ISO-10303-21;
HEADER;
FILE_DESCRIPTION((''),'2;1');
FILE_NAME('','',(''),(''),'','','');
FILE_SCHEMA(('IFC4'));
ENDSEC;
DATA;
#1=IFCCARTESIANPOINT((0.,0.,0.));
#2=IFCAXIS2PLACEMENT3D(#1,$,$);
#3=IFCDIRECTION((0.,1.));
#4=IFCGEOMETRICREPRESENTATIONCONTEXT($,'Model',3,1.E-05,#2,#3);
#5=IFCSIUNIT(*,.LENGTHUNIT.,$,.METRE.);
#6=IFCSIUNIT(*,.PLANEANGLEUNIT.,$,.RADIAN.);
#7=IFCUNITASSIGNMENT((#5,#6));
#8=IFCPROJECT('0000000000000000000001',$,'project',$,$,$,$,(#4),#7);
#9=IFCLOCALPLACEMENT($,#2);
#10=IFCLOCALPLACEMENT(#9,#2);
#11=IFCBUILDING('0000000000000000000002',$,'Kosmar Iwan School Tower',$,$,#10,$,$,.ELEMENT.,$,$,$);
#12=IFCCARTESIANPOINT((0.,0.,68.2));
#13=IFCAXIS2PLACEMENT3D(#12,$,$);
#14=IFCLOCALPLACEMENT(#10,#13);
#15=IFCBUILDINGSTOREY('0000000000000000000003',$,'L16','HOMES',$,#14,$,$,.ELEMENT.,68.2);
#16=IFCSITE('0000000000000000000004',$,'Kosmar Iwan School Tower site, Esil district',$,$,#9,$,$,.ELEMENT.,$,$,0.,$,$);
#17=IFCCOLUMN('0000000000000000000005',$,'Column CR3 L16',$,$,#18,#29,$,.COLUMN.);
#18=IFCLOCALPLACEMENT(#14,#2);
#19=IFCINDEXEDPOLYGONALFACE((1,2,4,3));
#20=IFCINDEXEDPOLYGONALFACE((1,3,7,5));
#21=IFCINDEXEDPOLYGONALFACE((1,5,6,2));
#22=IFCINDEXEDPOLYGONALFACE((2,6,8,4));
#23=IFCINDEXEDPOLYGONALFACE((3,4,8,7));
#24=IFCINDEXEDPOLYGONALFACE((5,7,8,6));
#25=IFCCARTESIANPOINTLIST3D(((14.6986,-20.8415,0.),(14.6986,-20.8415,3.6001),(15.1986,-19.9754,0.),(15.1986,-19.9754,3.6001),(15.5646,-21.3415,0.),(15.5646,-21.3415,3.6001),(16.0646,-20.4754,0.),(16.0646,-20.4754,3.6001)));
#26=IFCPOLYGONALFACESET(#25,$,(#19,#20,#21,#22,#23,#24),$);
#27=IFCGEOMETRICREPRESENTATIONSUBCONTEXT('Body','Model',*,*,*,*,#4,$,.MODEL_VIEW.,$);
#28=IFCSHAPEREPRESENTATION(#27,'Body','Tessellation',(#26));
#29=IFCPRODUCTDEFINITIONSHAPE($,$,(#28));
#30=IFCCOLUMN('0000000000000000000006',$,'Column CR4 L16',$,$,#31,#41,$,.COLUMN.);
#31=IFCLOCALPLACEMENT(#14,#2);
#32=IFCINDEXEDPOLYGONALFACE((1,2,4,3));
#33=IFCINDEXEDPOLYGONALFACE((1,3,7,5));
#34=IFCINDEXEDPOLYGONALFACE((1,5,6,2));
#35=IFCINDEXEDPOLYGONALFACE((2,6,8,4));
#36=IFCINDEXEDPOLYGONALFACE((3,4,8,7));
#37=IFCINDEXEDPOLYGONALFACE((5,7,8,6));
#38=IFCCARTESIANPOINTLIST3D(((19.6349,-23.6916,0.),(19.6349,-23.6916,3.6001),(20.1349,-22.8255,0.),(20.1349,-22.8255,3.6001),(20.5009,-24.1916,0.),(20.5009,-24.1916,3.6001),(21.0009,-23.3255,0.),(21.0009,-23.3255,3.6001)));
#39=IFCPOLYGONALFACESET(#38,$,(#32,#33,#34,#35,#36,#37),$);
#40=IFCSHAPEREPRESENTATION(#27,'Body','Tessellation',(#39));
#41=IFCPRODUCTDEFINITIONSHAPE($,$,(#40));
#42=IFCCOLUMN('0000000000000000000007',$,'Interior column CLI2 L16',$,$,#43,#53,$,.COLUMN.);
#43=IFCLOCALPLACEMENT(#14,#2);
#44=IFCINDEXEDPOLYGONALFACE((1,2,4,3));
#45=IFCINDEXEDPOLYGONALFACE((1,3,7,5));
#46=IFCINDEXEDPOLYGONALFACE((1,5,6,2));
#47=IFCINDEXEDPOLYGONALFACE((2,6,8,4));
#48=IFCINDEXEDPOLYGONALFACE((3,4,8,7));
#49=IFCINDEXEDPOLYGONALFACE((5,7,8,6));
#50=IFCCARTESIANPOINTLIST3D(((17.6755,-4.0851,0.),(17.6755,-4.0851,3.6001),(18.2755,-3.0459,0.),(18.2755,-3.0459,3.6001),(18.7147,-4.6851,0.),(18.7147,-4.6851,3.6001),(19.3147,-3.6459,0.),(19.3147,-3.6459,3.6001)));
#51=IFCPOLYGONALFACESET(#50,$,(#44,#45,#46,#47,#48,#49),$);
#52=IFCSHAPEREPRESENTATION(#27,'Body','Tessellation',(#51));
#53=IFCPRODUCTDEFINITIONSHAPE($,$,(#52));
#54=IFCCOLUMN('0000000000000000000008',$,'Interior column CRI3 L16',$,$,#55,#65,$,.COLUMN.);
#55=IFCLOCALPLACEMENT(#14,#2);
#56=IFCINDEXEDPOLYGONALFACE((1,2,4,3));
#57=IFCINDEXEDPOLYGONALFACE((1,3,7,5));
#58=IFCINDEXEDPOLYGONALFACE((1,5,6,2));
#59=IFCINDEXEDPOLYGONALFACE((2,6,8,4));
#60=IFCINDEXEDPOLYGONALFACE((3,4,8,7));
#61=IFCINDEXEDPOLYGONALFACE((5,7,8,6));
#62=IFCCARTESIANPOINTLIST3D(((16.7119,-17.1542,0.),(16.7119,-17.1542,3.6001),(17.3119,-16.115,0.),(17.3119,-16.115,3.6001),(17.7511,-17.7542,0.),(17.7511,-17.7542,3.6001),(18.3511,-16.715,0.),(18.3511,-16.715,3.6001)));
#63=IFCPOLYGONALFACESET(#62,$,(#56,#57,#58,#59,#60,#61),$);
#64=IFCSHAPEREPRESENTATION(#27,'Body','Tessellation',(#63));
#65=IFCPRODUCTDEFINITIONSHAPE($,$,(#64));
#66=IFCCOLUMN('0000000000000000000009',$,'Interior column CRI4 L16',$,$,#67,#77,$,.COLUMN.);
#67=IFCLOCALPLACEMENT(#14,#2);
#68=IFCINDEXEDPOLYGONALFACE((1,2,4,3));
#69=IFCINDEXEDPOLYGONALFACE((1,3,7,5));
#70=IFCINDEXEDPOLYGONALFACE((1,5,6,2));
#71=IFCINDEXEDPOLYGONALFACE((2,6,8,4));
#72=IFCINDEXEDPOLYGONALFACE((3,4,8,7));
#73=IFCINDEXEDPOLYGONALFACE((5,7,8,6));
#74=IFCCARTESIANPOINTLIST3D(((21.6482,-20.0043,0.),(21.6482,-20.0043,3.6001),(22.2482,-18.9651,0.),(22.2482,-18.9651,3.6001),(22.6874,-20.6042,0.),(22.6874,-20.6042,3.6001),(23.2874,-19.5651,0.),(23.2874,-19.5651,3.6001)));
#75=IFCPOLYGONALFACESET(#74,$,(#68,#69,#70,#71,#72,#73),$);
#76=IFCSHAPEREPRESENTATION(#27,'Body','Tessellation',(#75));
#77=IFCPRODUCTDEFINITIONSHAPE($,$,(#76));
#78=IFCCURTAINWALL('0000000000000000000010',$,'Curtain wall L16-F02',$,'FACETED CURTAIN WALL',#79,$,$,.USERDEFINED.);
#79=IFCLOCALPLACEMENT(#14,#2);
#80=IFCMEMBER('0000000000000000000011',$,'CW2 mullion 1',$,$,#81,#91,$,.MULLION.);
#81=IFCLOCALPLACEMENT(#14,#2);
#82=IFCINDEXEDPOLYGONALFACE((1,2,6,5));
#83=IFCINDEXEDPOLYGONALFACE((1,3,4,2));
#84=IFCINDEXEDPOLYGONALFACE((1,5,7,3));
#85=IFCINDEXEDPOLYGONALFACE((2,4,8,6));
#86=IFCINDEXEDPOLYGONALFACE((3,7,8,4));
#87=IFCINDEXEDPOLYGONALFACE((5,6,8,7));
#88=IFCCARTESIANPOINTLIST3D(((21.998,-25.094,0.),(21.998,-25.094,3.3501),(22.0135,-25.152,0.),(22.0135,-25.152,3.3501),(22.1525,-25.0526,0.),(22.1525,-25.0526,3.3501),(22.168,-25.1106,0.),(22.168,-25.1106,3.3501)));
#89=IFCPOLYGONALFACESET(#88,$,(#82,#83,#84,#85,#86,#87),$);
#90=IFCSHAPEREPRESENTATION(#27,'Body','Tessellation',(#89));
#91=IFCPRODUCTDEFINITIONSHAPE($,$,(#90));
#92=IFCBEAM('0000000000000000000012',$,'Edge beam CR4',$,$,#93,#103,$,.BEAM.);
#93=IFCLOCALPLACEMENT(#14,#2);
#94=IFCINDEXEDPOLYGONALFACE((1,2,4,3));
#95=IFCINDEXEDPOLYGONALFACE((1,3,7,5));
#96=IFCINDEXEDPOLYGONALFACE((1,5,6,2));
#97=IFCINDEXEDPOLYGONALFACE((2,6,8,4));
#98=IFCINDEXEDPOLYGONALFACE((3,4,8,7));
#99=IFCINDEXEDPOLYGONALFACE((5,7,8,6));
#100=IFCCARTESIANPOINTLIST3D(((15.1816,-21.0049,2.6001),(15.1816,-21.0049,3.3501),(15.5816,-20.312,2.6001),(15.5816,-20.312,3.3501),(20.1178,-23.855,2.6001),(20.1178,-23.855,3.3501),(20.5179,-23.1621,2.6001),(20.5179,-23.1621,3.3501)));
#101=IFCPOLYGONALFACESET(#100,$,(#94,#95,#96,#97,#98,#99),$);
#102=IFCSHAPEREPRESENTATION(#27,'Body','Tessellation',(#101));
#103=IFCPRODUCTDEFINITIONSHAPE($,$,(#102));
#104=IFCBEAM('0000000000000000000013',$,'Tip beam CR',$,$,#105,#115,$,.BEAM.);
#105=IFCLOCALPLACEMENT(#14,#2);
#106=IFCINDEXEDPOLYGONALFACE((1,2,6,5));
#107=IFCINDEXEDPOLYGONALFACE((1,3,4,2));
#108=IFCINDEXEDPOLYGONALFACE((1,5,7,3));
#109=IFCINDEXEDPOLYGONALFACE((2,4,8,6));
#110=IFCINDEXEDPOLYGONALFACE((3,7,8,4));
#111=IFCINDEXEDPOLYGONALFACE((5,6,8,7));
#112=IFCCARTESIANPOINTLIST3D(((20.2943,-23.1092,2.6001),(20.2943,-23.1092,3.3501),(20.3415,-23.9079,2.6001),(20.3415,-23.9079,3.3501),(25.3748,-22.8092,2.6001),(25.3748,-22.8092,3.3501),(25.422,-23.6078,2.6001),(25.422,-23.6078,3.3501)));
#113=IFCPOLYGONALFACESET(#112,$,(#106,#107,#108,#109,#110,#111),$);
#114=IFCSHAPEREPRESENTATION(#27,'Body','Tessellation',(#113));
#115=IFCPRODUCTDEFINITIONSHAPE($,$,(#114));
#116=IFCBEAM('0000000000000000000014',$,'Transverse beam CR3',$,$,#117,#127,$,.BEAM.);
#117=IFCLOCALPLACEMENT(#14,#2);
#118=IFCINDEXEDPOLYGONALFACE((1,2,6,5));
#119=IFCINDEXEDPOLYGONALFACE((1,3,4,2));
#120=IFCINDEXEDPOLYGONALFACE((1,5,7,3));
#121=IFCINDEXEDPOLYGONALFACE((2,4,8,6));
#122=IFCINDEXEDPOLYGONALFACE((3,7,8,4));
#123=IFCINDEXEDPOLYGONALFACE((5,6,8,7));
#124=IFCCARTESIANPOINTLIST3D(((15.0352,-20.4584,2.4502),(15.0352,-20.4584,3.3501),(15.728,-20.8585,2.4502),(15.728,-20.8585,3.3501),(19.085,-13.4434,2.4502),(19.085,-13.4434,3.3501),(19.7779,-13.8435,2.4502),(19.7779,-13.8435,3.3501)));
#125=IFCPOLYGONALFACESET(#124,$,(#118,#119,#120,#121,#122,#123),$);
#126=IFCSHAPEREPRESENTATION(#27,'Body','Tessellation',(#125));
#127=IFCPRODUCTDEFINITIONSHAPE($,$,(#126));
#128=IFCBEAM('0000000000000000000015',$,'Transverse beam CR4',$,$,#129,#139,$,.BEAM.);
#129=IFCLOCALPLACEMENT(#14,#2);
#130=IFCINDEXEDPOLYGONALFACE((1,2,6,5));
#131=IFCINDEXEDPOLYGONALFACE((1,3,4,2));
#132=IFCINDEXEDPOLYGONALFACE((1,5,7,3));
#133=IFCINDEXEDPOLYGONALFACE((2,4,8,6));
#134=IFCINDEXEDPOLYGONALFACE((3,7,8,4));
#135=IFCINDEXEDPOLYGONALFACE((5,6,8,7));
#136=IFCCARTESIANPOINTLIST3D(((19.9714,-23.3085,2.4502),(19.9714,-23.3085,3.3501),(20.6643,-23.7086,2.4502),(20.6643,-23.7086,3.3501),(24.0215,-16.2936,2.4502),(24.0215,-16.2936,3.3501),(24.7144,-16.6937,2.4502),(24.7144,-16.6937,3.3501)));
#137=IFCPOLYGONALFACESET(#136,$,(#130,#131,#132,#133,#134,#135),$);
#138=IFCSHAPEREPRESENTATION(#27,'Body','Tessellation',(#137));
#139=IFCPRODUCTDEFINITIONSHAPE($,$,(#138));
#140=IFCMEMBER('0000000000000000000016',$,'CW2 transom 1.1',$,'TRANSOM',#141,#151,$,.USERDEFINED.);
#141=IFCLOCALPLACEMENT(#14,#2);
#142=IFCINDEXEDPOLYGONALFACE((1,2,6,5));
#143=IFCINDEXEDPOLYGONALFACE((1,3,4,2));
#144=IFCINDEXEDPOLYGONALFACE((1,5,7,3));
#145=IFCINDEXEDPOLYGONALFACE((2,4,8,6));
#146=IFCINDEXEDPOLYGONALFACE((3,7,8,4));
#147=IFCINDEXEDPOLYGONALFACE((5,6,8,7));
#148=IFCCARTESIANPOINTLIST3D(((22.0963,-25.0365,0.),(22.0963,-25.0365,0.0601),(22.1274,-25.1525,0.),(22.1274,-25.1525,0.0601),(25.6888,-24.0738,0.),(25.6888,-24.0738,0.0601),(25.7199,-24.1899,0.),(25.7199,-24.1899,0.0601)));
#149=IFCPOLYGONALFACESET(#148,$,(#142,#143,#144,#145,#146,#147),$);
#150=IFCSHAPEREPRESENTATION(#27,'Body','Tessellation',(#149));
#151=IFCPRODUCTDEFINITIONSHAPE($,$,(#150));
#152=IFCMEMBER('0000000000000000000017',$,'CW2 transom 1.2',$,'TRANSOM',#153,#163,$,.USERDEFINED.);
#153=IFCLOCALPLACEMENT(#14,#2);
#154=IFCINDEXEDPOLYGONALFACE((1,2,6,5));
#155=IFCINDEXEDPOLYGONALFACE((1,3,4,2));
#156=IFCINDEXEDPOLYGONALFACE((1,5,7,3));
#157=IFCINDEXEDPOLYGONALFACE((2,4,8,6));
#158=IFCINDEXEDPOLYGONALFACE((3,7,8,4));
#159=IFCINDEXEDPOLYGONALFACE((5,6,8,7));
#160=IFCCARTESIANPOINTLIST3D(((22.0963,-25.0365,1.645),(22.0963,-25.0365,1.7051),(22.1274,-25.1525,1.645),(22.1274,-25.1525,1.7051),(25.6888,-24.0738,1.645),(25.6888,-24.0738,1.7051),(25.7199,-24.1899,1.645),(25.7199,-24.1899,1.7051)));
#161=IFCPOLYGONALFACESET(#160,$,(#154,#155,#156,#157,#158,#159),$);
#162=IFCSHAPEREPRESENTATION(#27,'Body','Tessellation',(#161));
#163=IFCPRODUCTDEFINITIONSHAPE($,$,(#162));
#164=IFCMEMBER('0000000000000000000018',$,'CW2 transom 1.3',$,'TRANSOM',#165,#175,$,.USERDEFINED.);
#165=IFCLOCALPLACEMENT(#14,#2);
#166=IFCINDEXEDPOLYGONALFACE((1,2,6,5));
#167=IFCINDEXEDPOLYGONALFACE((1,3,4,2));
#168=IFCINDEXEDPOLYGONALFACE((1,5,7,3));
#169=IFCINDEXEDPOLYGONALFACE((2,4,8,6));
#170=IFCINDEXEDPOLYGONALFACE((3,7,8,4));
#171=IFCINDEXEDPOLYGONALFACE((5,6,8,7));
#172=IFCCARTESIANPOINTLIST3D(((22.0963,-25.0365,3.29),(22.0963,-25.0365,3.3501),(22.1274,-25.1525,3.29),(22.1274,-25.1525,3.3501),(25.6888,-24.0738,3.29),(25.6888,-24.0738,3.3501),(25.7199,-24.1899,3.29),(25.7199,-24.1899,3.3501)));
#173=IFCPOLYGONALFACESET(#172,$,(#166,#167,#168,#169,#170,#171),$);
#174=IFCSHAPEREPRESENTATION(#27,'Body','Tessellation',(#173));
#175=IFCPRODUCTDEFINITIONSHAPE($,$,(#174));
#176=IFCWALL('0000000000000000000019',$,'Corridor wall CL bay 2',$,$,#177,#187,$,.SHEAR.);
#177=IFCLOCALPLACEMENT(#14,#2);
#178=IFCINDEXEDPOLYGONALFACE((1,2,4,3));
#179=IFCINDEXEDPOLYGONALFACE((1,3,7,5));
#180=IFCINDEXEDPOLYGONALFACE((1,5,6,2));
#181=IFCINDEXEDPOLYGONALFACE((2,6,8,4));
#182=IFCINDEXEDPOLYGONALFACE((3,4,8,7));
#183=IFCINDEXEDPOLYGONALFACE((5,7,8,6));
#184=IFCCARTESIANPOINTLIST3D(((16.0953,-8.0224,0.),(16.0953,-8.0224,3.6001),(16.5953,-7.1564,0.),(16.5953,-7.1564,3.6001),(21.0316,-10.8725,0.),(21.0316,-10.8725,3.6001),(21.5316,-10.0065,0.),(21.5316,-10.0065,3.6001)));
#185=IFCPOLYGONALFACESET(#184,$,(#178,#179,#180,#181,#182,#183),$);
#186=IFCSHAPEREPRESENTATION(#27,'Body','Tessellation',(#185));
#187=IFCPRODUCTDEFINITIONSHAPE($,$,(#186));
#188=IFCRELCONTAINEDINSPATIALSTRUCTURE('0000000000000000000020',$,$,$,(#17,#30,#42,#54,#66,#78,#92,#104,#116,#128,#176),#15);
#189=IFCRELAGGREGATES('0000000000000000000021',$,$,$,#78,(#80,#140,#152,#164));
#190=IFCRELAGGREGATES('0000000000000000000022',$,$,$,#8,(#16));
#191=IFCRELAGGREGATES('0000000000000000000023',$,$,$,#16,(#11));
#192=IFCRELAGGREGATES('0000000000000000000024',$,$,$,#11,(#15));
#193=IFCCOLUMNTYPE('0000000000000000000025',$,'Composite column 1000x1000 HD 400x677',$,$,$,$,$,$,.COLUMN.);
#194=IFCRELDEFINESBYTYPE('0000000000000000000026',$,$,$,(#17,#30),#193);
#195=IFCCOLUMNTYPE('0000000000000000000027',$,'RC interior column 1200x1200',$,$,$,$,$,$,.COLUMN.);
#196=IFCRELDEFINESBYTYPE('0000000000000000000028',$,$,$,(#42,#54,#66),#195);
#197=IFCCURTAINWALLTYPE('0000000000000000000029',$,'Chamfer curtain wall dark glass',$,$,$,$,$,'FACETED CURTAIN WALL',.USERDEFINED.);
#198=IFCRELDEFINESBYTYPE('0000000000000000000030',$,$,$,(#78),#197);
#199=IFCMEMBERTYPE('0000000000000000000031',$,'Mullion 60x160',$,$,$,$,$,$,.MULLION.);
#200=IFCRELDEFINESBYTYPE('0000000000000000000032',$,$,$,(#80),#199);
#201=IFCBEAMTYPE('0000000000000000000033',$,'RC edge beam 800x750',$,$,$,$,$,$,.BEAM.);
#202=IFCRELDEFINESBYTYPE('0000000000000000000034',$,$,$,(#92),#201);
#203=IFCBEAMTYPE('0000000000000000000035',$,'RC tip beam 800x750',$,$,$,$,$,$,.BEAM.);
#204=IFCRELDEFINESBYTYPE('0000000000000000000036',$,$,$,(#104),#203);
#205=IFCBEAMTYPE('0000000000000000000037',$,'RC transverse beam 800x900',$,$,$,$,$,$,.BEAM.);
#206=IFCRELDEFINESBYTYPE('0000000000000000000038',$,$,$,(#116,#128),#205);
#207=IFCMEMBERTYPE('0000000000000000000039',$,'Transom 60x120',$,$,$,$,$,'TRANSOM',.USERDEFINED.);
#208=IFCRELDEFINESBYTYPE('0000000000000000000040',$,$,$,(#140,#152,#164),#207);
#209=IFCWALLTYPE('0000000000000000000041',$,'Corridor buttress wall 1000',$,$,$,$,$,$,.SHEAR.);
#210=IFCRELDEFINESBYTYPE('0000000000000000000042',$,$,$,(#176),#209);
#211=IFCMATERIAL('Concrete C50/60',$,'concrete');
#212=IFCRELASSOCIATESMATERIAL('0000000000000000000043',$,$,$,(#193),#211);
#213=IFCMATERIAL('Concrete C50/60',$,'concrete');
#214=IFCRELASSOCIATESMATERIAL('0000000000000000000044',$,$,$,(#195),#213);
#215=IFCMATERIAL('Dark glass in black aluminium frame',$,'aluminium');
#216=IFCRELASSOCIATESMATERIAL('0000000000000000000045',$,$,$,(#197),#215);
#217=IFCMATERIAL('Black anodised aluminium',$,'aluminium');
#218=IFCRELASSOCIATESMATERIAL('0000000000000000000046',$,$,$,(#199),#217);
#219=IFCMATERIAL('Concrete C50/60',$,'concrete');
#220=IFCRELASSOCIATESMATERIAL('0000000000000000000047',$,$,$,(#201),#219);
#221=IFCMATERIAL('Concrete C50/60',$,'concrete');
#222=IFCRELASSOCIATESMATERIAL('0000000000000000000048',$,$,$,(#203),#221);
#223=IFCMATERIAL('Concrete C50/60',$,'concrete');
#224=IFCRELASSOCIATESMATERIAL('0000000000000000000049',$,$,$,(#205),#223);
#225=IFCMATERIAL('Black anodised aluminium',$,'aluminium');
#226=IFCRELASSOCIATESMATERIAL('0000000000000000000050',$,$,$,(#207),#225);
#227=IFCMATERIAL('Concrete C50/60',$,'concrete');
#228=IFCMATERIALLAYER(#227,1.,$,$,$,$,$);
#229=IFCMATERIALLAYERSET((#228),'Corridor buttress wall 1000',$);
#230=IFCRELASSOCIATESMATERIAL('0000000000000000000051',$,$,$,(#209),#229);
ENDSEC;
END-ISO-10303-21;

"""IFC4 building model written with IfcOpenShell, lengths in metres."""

from ifc_helpers import new_model, si_unit, direction, frame, frame_2d, origin, origin_2d, place, context, subcontext, project, spatial, rectangle, extrude, material, layer, layer_set, material_profile, profile_set, type_object, element, aggregate, save


model = new_model("IFC4")

# Units and contexts
model_context = context("Model", 3, precision=1e-05, world=origin(), true_north=direction((0.0, 1.0)))
body_context = subcontext(model_context, "Body", "Model", "MODEL_VIEW")
ifc_project = project(units=[si_unit("LENGTHUNIT", "METRE"), si_unit("PLANEANGLEUNIT", "RADIAN")], contexts=[model_context])

# Site, building, storey
site_placement = place(None, origin())
site = spatial("IfcSite", under=ifc_project, at=site_placement, Name="Kosmar Iwan School Tower site, Esil district", CompositionType="ELEMENT", RefElevation=0.0)
building_placement = place(site_placement, origin())
building = spatial("IfcBuilding", under=site, at=building_placement, Name="Kosmar Iwan School Tower", CompositionType="ELEMENT")
storey_placement = place(building_placement, frame((0.0, 0.0, 68.2)))
storey = spatial("IfcBuildingStorey", under=building, at=storey_placement, Name="L16", Description="HOMES", CompositionType="ELEMENT", Elevation=68.2)

# Columns
ifc_material_1 = material(Name="Concrete C50/60", Category="concrete")
ifc_material_profile_1 = material_profile(ifc_material_1, rectangle(XDim=1.0, YDim=1.0, at=origin_2d()), Name="RC 1000x1000 + HD 400x677")
ifc_profile_set_1 = profile_set([ifc_material_profile_1], Name="Concrete C50/60")
column_type_1 = type_object("IfcColumnType", Name="Composite column 1000x1000 HD 400x677", PredefinedType="COLUMN", material=ifc_profile_set_1)
for number, where, z_axis, x_axis, name in (
    (1, (15.3816, -20.6584, 0.0), (0.0, 0.0, 1.0), (0.866025, -0.5, 0.0), "Column CR3 L16"),
    (2, (20.3179, -23.5085, 0.0), (0.0, 0.0, 1.0), (0.866025, -0.5, 0.0), "Column CR4 L16"),
):
    element("IfcColumn", number, at=place(storey_placement, frame(where, z_axis=z_axis, x_axis=x_axis)), inside=storey, type_object=column_type_1, Name=name, PredefinedType="COLUMN", context=body_context, shape_type="SweptSolid", body=[
        extrude(rectangle(XDim=1.0, YDim=1.0, at=origin_2d()), origin(), (0.0, 0.0, 1.0), 3.6001),
    ])
ifc_material_2 = material(Name="Concrete C50/60", Category="concrete")
ifc_material_profile_2 = material_profile(ifc_material_2, rectangle(XDim=1.2, YDim=1.2, at=origin_2d()), Name="RC 1200x1200")
ifc_profile_set_2 = profile_set([ifc_material_profile_2], Name="Concrete C50/60")
column_type_2 = type_object("IfcColumnType", Name="RC interior column 1200x1200", PredefinedType="COLUMN", material=ifc_profile_set_2)
for number, where, z_axis, x_axis, name in (
    (3, (18.4951, -3.8655, 0.0), (0.0, 0.0, 1.0), (0.866025, -0.5, 0.0), "Interior column CLI2 L16"),
    (4, (17.5315, -16.9346, 0.0), (0.0, 0.0, 1.0), (0.866025, -0.5, 0.0), "Interior column CRI3 L16"),
    (5, (22.4678, -19.7847, 0.0), (0.0, 0.0, 1.0), (0.866025, -0.5, 0.0), "Interior column CRI4 L16"),
):
    element("IfcColumn", number, at=place(storey_placement, frame(where, z_axis=z_axis, x_axis=x_axis)), inside=storey, type_object=column_type_2, Name=name, PredefinedType="COLUMN", context=body_context, shape_type="SweptSolid", body=[
        extrude(rectangle(XDim=1.2, YDim=1.2, at=origin_2d()), origin(), (0.0, 0.0, 1.0), 3.6001),
    ])

# Curtain wall, member
ifc_material_3 = material(Name="Dark glass in black aluminium frame", Category="aluminium")
curtain_wall_type = type_object("IfcCurtainWallType", Name="Chamfer curtain wall dark glass", ElementType="FACETED CURTAIN WALL", PredefinedType="USERDEFINED", material=ifc_material_3)
curtain_wall_placement = place(storey_placement, origin())
curtain_wall = element("IfcCurtainWall", 6, at=curtain_wall_placement, inside=storey, type_object=curtain_wall_type, Name="Curtain wall L16-F02", ObjectType="FACETED CURTAIN WALL", PredefinedType="USERDEFINED")
ifc_material_4 = material(Name="Black anodised aluminium", Category="aluminium")
ifc_material_profile_3 = material_profile(ifc_material_4, rectangle(XDim=0.0601, YDim=0.1599, at=origin_2d()), Name="MULLION 60x160")
ifc_profile_set_3 = profile_set([ifc_material_profile_3], Name="Black anodised aluminium")
member_type_1 = type_object("IfcMemberType", Name="Mullion 60x160", PredefinedType="MULLION", material=ifc_profile_set_3)
member_1_placement = place(storey_placement, frame((22.083, -25.1023, 0.0), z_axis=(0.0, 0.0, 1.0), x_axis=(-0.258819, 0.965926, 0.0)))
member_1 = element("IfcMember", 7, at=member_1_placement, type_object=member_type_1, Name="CW2 mullion 1", PredefinedType="MULLION", context=body_context, shape_type="SweptSolid", body=[
    extrude(rectangle(XDim=0.0601, YDim=0.1599, at=origin_2d()), origin(), (0.0, 0.0, 1.0), 3.3501),
])

# Beams
ifc_material_5 = material(Name="Concrete C50/60", Category="concrete")
ifc_material_profile_4 = material_profile(ifc_material_5, rectangle(XDim=0.8, YDim=0.75, at=origin_2d()), Name="RC 800x750")
ifc_profile_set_4 = profile_set([ifc_material_profile_4], Name="Concrete C50/60")
beam_type_1 = type_object("IfcBeamType", Name="RC edge beam 800x750", PredefinedType="BEAM", material=ifc_profile_set_4)
beam_1_placement = place(storey_placement, frame((15.3816, -20.6584, 2.9751), z_axis=(0.866015, -0.500018, 0.0), x_axis=(0.500018, 0.866015, 0.0)))
element("IfcBeam", 8, at=beam_1_placement, inside=storey, type_object=beam_type_1, Name="Edge beam CR4", PredefinedType="BEAM", context=body_context, shape_type="SweptSolid", body=[
    extrude(rectangle(XDim=0.8, YDim=0.75, at=origin_2d()), origin(), (0.0, 0.0, 1.0), 5.7),
])
ifc_material_6 = material(Name="Concrete C50/60", Category="concrete")
ifc_material_profile_5 = material_profile(ifc_material_6, rectangle(XDim=0.8, YDim=0.75, at=origin_2d()), Name="RC 800x750")
ifc_profile_set_5 = profile_set([ifc_material_profile_5], Name="Concrete C50/60")
beam_type_2 = type_object("IfcBeamType", Name="RC tip beam 800x750", PredefinedType="BEAM", material=ifc_profile_set_5)
beam_2_placement = place(storey_placement, frame((20.3179, -23.5085, 2.9751), z_axis=(0.998261, 0.058955, 0.0), x_axis=(-0.058955, 0.998261, 0.0)))
element("IfcBeam", 9, at=beam_2_placement, inside=storey, type_object=beam_type_2, Name="Tip beam CR", PredefinedType="BEAM", context=body_context, shape_type="SweptSolid", body=[
    extrude(rectangle(XDim=0.8, YDim=0.75, at=origin_2d()), origin(), (0.0, 0.0, 1.0), 5.0894),
])
ifc_material_7 = material(Name="Concrete C50/60", Category="concrete")
ifc_material_profile_6 = material_profile(ifc_material_7, rectangle(XDim=0.8, YDim=0.8999, at=origin_2d()), Name="RC 800x900")
ifc_profile_set_6 = profile_set([ifc_material_profile_6], Name="Concrete C50/60")
beam_type_3 = type_object("IfcBeamType", Name="RC transverse beam 800x900", PredefinedType="BEAM", material=ifc_profile_set_6)
for number, where, z_axis, x_axis, name in (
    (10, (15.3816, -20.6584, 2.9001), (0.499977, 0.866039, 0.0), (-0.866039, 0.499977, 0.0), "Transverse beam CR3"),
    (11, (20.3179, -23.5085, 2.9001), (0.5, 0.866025, 0.0), (-0.866025, 0.5, 0.0), "Transverse beam CR4"),
):
    element("IfcBeam", number, at=place(storey_placement, frame(where, z_axis=z_axis, x_axis=x_axis)), inside=storey, type_object=beam_type_3, Name=name, PredefinedType="BEAM", context=body_context, shape_type="SweptSolid", body=[
        extrude(rectangle(XDim=0.8, YDim=0.8999, at=origin_2d()), origin(), (0.0, 0.0, 1.0), 8.1001),
    ])

# Members
ifc_material_8 = material(Name="Black anodised aluminium", Category="aluminium")
ifc_material_profile_7 = material_profile(ifc_material_8, rectangle(XDim=0.1201, YDim=0.0601, at=origin_2d()), Name="TRANSOM 60x120")
ifc_profile_set_7 = profile_set([ifc_material_profile_7], Name="Black anodised aluminium")
member_type_2 = type_object("IfcMemberType", Name="Transom 60x120", ElementType="TRANSOM", PredefinedType="USERDEFINED", material=ifc_profile_set_7)
member_2_placement = place(storey_placement, frame((22.1118, -25.0945, 0.03), z_axis=(0.965924, 0.258827, 0.0), x_axis=(-0.258827, 0.965924, 0.0)))
member_2 = element("IfcMember", 12, at=member_2_placement, type_object=member_type_2, Name="CW2 transom 1.1", ObjectType="TRANSOM", PredefinedType="USERDEFINED", context=body_context, shape_type="SweptSolid", body=[
    extrude(rectangle(XDim=0.1201, YDim=0.0601, at=origin_2d()), origin(), (0.0, 0.0, 1.0), 3.7192),
])
member_3_placement = place(storey_placement, frame((22.1118, -25.0945, 1.675), z_axis=(0.965924, 0.258827, 0.0), x_axis=(-0.258827, 0.965924, 0.0)))
member_3 = element("IfcMember", 13, at=member_3_placement, type_object=member_type_2, Name="CW2 transom 1.2", ObjectType="TRANSOM", PredefinedType="USERDEFINED", context=body_context, shape_type="SweptSolid", body=[
    extrude(rectangle(XDim=0.1201, YDim=0.0601, at=origin_2d()), origin(), (0.0, 0.0, 1.0), 3.7192),
])
member_4_placement = place(storey_placement, frame((22.1118, -25.0945, 3.3201), z_axis=(0.965924, 0.258827, 0.0), x_axis=(-0.258827, 0.965924, 0.0)))
member_4 = element("IfcMember", 14, at=member_4_placement, type_object=member_type_2, Name="CW2 transom 1.3", ObjectType="TRANSOM", PredefinedType="USERDEFINED", context=body_context, shape_type="SweptSolid", body=[
    extrude(rectangle(XDim=0.1201, YDim=0.0601, at=origin_2d()), origin(), (0.0, 0.0, 1.0), 3.7192),
])
aggregate(curtain_wall, [member_1, member_2, member_3, member_4])

# Wall
ifc_material_9 = material(Name="Concrete C50/60", Category="concrete")
ifc_layer_1 = layer(ifc_material_9, 1.0)
ifc_layer_set_1 = layer_set([ifc_layer_1], Name="Corridor buttress wall 1000")
wall_type_1 = type_object("IfcWallType", Name="Corridor buttress wall 1000", PredefinedType="SHEAR", material=ifc_layer_set_1)
wall_1_placement = place(storey_placement, frame((16.3452, -7.5894, 0.0), z_axis=(0.0, 0.0, 1.0), x_axis=(0.866015, -0.500018, 0.0)))
element("IfcWall", 15, at=wall_1_placement, inside=storey, type_object=wall_type_1, Name="Corridor wall CL bay 2", PredefinedType="SHEAR", context=body_context, shape_type="SweptSolid", body=[
    extrude(rectangle(XDim=5.7, YDim=1.0, at=frame_2d((2.8501, 0.0))), origin(), (0.0, 0.0, 1.0), 3.6001),
])

save(model, "model.ifc")
